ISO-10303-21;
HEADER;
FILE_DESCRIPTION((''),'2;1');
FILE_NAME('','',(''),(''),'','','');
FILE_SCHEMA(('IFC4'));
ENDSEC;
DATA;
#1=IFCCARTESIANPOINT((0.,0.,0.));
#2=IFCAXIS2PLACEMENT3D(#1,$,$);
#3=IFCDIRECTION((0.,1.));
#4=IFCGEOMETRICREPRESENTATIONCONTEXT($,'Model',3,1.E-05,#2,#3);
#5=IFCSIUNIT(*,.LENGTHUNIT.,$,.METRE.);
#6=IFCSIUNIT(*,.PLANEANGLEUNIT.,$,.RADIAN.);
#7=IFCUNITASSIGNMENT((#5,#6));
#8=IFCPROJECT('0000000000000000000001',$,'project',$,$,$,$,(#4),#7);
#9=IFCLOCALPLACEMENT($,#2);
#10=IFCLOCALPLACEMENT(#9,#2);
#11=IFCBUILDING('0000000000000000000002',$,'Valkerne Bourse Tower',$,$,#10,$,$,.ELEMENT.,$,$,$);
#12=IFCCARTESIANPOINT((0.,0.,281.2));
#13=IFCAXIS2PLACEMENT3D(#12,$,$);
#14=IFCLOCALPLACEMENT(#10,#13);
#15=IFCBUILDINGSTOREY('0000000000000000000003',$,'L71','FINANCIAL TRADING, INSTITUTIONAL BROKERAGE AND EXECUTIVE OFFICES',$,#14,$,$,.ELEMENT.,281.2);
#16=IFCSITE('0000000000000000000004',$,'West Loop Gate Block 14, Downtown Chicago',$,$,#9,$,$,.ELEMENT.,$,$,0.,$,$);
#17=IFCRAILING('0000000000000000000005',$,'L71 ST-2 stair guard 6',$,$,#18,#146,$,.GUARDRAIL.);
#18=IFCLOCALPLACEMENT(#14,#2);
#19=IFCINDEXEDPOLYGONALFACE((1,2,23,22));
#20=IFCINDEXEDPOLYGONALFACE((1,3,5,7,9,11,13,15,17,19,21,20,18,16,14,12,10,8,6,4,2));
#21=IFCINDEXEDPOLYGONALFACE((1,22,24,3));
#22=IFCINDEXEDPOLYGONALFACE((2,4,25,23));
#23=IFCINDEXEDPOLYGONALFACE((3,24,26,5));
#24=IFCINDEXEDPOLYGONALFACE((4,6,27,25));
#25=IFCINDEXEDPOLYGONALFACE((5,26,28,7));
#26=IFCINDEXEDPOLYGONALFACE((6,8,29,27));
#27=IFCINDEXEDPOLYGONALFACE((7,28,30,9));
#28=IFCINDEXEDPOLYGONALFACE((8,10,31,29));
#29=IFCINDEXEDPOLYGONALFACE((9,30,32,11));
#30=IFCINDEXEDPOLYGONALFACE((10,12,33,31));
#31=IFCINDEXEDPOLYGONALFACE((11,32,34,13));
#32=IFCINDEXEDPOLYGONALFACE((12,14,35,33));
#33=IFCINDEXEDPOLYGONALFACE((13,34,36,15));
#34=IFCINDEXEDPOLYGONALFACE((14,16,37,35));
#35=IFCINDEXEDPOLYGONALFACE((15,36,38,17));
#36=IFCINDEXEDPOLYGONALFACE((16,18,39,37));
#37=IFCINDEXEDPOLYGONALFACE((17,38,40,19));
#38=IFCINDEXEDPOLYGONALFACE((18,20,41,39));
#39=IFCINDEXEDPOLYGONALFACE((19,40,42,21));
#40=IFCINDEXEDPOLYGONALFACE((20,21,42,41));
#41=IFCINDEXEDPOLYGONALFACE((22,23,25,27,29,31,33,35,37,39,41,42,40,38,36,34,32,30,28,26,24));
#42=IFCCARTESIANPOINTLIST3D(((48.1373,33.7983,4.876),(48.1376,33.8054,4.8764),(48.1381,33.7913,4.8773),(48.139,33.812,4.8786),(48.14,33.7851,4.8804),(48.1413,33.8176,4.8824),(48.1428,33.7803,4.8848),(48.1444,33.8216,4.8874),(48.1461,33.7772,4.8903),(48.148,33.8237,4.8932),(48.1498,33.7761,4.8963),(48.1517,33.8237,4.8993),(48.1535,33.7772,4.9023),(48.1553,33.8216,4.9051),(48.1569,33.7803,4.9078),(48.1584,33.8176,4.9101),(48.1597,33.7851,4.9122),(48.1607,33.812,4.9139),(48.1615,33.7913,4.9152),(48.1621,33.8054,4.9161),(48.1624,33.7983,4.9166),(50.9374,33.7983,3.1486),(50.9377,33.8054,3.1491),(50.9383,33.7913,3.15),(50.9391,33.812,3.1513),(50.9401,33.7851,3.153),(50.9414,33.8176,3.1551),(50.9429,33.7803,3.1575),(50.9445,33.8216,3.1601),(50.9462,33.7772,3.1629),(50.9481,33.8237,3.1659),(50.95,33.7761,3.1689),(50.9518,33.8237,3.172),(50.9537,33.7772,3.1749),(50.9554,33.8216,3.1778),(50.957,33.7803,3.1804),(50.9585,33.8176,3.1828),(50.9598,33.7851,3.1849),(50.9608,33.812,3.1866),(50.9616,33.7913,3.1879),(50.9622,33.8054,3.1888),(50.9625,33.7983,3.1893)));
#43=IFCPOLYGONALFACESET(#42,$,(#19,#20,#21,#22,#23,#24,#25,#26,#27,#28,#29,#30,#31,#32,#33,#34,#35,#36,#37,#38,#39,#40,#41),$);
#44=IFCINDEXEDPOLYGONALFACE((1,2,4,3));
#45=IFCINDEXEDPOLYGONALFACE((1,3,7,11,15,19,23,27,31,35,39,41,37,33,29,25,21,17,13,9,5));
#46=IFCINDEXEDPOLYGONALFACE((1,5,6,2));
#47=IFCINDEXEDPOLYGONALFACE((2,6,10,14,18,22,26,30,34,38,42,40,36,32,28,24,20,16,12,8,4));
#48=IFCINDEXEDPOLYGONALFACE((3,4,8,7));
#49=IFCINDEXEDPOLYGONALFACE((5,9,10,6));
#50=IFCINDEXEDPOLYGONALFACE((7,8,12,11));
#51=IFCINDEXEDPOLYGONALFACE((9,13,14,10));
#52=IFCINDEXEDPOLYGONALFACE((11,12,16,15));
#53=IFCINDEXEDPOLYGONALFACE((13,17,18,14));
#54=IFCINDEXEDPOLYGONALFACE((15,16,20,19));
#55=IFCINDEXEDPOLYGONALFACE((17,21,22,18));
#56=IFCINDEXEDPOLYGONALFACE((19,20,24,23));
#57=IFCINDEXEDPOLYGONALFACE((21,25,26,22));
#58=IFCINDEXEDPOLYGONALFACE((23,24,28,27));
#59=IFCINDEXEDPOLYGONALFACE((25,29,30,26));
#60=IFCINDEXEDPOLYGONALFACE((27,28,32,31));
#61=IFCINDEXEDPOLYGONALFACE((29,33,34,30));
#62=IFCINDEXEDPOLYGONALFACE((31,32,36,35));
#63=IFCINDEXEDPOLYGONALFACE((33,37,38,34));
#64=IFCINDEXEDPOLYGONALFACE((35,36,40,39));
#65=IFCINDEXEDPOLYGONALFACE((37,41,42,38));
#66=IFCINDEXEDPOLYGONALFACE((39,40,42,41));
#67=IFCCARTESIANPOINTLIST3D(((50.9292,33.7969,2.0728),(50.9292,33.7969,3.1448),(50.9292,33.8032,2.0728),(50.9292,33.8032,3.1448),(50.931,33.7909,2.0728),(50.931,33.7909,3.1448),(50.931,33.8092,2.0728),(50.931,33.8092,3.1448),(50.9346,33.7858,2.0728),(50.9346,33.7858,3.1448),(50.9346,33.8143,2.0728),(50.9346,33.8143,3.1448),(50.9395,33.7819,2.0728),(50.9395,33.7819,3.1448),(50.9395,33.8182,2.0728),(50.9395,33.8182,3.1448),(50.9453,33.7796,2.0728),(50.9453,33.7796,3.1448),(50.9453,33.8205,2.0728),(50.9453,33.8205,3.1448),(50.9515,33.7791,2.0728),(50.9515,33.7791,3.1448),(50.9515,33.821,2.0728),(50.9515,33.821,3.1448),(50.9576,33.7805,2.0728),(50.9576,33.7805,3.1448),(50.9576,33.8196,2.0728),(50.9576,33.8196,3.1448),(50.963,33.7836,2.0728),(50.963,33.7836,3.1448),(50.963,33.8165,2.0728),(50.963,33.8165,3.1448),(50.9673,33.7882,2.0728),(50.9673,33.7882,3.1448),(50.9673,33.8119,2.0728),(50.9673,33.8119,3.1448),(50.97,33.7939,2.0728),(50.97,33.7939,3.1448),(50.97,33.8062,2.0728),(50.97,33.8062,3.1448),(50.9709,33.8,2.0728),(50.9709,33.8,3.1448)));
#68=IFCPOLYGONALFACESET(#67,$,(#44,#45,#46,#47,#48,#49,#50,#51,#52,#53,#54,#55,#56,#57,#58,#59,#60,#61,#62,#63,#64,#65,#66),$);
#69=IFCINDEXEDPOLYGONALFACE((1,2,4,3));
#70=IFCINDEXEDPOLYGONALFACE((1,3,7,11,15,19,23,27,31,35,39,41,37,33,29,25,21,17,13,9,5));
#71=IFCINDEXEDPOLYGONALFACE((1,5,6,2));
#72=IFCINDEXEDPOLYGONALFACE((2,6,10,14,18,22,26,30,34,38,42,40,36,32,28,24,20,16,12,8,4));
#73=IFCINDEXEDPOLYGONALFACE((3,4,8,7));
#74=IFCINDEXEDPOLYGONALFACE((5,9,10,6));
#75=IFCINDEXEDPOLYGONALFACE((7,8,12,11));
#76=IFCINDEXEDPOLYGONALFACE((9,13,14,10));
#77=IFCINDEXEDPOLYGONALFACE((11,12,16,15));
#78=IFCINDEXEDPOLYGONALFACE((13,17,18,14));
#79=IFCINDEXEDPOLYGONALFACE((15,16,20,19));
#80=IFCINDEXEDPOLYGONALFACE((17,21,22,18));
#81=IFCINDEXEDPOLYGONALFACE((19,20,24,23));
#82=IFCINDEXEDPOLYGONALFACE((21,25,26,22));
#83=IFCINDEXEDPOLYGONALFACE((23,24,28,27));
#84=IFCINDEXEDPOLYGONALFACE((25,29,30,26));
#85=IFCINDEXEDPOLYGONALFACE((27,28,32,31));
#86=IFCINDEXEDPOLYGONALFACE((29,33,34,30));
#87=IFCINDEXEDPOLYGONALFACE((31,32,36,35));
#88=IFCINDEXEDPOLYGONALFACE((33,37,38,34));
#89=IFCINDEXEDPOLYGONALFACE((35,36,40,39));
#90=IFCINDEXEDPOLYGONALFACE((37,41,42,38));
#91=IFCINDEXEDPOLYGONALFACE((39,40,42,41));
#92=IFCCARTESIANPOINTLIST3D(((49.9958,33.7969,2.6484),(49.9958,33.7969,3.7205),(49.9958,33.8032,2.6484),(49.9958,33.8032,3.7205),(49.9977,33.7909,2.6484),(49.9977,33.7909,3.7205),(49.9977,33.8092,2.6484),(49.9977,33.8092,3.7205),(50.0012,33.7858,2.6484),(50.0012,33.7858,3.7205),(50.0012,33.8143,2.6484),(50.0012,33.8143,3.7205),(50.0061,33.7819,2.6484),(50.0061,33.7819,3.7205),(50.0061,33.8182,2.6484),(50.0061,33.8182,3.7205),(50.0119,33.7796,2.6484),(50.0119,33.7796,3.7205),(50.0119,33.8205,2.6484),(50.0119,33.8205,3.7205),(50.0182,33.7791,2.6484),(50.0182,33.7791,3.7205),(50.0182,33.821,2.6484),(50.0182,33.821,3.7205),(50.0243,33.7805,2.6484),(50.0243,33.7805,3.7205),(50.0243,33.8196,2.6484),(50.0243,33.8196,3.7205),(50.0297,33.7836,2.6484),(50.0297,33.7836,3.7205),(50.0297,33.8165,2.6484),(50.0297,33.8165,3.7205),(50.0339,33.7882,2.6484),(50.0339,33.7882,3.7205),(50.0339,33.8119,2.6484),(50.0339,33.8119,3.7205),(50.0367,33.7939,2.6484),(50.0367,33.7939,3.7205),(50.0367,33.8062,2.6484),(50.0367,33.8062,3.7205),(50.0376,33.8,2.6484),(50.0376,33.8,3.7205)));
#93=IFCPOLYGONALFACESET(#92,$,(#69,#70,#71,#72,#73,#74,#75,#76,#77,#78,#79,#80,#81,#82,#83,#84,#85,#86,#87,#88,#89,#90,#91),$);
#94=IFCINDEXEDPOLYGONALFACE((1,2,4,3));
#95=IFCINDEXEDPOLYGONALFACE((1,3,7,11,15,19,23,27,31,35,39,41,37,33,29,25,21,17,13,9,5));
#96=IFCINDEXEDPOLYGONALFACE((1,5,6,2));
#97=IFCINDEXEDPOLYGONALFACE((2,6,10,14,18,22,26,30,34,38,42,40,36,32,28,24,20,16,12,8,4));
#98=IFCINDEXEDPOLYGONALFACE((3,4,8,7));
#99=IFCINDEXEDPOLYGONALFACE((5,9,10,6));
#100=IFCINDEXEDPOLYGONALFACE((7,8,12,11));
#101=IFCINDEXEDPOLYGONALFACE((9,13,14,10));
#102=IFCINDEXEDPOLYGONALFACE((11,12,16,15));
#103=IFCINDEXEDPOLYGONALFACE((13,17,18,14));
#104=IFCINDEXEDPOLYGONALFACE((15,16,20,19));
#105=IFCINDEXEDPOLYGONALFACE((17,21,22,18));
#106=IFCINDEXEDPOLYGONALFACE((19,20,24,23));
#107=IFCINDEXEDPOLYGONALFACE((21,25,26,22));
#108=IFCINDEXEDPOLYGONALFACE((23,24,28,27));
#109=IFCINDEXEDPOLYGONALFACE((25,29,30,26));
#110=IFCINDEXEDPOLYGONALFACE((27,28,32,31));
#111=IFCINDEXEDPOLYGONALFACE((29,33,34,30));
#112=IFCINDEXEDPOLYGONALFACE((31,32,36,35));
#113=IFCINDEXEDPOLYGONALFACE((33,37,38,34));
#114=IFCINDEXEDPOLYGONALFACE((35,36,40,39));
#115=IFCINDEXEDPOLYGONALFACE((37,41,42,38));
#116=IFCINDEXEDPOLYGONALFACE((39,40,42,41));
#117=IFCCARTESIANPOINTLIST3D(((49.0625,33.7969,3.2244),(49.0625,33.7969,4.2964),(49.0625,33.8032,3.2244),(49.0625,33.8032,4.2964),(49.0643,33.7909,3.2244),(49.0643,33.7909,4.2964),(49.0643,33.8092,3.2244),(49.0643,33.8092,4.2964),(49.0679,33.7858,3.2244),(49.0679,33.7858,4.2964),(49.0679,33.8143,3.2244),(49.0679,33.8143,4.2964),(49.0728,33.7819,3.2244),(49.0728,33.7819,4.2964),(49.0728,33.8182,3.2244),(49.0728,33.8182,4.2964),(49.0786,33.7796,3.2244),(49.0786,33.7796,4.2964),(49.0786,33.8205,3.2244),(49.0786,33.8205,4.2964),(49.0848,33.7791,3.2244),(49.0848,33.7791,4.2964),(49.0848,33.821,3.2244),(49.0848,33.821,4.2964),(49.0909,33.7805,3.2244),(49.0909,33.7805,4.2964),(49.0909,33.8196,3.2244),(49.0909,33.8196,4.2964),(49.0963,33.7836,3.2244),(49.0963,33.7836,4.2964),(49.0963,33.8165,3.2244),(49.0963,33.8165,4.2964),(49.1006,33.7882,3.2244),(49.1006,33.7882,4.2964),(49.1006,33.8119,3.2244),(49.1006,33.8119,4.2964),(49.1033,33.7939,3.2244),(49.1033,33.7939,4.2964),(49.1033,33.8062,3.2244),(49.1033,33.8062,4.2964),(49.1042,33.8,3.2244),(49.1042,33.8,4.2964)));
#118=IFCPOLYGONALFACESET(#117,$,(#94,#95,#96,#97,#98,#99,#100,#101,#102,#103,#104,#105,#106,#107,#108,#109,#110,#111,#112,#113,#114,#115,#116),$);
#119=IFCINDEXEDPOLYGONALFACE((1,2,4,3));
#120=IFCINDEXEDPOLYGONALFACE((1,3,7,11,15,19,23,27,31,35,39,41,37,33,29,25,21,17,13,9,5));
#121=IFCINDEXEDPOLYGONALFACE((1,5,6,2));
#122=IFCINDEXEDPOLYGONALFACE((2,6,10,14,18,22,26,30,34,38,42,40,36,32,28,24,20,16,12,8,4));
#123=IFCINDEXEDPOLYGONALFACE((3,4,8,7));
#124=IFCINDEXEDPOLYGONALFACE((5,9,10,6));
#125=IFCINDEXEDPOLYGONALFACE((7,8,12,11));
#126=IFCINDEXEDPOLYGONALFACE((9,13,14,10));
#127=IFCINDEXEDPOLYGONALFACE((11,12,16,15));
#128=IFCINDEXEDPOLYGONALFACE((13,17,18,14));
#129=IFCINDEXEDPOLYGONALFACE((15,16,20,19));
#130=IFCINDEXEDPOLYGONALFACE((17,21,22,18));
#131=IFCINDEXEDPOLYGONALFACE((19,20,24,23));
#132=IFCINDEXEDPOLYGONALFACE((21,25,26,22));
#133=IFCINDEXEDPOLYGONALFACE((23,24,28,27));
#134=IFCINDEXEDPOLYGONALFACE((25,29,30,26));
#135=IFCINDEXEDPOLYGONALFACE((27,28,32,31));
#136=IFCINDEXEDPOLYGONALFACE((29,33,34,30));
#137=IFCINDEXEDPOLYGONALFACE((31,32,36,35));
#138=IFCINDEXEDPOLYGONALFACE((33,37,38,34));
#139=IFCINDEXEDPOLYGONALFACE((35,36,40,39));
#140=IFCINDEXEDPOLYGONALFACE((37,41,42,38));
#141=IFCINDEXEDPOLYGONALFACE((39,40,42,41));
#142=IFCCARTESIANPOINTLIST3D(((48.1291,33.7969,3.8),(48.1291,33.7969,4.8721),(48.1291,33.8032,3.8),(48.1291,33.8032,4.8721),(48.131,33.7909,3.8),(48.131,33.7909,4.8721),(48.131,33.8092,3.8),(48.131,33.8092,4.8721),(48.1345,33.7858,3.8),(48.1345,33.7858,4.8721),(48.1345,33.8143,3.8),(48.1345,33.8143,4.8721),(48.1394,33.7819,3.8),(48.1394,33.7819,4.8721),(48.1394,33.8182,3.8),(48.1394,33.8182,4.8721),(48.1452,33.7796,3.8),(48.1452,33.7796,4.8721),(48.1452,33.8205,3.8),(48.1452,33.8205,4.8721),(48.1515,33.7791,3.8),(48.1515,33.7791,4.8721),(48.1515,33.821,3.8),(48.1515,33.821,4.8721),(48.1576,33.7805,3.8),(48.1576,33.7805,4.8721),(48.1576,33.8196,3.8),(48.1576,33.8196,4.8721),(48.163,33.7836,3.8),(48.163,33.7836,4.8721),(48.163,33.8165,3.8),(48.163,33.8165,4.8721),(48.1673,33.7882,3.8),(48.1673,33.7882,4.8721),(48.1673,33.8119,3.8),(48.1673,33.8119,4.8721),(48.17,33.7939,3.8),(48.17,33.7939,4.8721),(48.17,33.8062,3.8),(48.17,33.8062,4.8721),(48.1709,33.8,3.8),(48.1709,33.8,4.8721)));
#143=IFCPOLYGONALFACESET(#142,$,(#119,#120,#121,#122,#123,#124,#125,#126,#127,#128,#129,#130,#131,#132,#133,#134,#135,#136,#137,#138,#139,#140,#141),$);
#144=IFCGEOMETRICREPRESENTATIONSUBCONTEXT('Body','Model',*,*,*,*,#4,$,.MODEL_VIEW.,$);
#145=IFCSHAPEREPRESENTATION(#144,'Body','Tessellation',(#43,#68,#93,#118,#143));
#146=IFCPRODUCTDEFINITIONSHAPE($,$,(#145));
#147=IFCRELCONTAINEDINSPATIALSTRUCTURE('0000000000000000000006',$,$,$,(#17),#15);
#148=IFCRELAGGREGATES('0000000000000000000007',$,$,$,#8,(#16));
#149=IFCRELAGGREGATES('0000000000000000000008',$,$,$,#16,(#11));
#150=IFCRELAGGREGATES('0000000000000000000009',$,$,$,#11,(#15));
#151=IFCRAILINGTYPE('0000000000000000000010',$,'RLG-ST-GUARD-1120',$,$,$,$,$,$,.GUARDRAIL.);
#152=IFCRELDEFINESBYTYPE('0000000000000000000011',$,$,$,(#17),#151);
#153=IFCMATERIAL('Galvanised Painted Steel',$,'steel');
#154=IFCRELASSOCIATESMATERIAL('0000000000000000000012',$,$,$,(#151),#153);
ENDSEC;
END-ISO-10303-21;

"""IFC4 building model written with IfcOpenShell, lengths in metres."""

from ifc_helpers import new_model, si_unit, direction, frame, origin, origin_2d, place, context, subcontext, project, spatial, circle, extrude, material, type_object, element, save


model = new_model("IFC4")

# Units and contexts
model_context = context("Model", 3, precision=1e-05, world=origin(), true_north=direction((0.0, 1.0)))
body_context = subcontext(model_context, "Body", "Model", "MODEL_VIEW")
ifc_project = project(units=[si_unit("LENGTHUNIT", "METRE"), si_unit("PLANEANGLEUNIT", "RADIAN")], contexts=[model_context])

# Site, building, storey
site_placement = place(None, origin())
site = spatial("IfcSite", under=ifc_project, at=site_placement, Name="West Loop Gate Block 14, Downtown Chicago", CompositionType="ELEMENT", RefElevation=0.0)
building_placement = place(site_placement, origin())
building = spatial("IfcBuilding", under=site, at=building_placement, Name="Valkerne Bourse Tower", CompositionType="ELEMENT")
storey_placement = place(building_placement, frame((0.0, 0.0, 281.2)))
storey = spatial("IfcBuildingStorey", under=building, at=storey_placement, Name="L71", Description="FINANCIAL TRADING, INSTITUTIONAL BROKERAGE AND EXECUTIVE OFFICES", CompositionType="ELEMENT", Elevation=281.2)

# Shared definitions
ifc_material_1 = material(Name="Galvanised Painted Steel", Category="steel")

# Railing
railing_type_1 = type_object("IfcRailingType", Name="RLG-ST-GUARD-1120", PredefinedType="GUARDRAIL", material=ifc_material_1)
railing_1_placement = place(storey_placement, frame((50.95, 33.8, 2.0728)))
element("IfcRailing", 1, at=railing_1_placement, inside=storey, type_object=railing_type_1, Name="L71 ST-2 stair guard 6", PredefinedType="GUARDRAIL", context=body_context, shape_type="SweptSolid", body=[
    extrude(circle(Radius=0.0239, at=origin_2d()), frame((0.0, 0.0, 1.0962), z_axis=(-0.85109, 0.0, 0.52502), x_axis=(0.0, -1.0, 0.0)), (0.0, 0.0, 1.0), 3.29),
    extrude(circle(Radius=0.021, at=origin_2d()), origin(), (0.0, 0.0, 1.0), 1.072),
    extrude(circle(Radius=0.021, at=origin_2d()), frame((-0.9333, 0.0, 0.5757)), (0.0, 0.0, 1.0), 1.072),
    extrude(circle(Radius=0.021, at=origin_2d()), frame((-1.8667, 0.0, 1.1516)), (0.0, 0.0, 1.0), 1.072),
    extrude(circle(Radius=0.021, at=origin_2d()), frame((-2.8, 0.0, 1.7273)), (0.0, 0.0, 1.0), 1.072),
])

save(model, "model.ifc")
